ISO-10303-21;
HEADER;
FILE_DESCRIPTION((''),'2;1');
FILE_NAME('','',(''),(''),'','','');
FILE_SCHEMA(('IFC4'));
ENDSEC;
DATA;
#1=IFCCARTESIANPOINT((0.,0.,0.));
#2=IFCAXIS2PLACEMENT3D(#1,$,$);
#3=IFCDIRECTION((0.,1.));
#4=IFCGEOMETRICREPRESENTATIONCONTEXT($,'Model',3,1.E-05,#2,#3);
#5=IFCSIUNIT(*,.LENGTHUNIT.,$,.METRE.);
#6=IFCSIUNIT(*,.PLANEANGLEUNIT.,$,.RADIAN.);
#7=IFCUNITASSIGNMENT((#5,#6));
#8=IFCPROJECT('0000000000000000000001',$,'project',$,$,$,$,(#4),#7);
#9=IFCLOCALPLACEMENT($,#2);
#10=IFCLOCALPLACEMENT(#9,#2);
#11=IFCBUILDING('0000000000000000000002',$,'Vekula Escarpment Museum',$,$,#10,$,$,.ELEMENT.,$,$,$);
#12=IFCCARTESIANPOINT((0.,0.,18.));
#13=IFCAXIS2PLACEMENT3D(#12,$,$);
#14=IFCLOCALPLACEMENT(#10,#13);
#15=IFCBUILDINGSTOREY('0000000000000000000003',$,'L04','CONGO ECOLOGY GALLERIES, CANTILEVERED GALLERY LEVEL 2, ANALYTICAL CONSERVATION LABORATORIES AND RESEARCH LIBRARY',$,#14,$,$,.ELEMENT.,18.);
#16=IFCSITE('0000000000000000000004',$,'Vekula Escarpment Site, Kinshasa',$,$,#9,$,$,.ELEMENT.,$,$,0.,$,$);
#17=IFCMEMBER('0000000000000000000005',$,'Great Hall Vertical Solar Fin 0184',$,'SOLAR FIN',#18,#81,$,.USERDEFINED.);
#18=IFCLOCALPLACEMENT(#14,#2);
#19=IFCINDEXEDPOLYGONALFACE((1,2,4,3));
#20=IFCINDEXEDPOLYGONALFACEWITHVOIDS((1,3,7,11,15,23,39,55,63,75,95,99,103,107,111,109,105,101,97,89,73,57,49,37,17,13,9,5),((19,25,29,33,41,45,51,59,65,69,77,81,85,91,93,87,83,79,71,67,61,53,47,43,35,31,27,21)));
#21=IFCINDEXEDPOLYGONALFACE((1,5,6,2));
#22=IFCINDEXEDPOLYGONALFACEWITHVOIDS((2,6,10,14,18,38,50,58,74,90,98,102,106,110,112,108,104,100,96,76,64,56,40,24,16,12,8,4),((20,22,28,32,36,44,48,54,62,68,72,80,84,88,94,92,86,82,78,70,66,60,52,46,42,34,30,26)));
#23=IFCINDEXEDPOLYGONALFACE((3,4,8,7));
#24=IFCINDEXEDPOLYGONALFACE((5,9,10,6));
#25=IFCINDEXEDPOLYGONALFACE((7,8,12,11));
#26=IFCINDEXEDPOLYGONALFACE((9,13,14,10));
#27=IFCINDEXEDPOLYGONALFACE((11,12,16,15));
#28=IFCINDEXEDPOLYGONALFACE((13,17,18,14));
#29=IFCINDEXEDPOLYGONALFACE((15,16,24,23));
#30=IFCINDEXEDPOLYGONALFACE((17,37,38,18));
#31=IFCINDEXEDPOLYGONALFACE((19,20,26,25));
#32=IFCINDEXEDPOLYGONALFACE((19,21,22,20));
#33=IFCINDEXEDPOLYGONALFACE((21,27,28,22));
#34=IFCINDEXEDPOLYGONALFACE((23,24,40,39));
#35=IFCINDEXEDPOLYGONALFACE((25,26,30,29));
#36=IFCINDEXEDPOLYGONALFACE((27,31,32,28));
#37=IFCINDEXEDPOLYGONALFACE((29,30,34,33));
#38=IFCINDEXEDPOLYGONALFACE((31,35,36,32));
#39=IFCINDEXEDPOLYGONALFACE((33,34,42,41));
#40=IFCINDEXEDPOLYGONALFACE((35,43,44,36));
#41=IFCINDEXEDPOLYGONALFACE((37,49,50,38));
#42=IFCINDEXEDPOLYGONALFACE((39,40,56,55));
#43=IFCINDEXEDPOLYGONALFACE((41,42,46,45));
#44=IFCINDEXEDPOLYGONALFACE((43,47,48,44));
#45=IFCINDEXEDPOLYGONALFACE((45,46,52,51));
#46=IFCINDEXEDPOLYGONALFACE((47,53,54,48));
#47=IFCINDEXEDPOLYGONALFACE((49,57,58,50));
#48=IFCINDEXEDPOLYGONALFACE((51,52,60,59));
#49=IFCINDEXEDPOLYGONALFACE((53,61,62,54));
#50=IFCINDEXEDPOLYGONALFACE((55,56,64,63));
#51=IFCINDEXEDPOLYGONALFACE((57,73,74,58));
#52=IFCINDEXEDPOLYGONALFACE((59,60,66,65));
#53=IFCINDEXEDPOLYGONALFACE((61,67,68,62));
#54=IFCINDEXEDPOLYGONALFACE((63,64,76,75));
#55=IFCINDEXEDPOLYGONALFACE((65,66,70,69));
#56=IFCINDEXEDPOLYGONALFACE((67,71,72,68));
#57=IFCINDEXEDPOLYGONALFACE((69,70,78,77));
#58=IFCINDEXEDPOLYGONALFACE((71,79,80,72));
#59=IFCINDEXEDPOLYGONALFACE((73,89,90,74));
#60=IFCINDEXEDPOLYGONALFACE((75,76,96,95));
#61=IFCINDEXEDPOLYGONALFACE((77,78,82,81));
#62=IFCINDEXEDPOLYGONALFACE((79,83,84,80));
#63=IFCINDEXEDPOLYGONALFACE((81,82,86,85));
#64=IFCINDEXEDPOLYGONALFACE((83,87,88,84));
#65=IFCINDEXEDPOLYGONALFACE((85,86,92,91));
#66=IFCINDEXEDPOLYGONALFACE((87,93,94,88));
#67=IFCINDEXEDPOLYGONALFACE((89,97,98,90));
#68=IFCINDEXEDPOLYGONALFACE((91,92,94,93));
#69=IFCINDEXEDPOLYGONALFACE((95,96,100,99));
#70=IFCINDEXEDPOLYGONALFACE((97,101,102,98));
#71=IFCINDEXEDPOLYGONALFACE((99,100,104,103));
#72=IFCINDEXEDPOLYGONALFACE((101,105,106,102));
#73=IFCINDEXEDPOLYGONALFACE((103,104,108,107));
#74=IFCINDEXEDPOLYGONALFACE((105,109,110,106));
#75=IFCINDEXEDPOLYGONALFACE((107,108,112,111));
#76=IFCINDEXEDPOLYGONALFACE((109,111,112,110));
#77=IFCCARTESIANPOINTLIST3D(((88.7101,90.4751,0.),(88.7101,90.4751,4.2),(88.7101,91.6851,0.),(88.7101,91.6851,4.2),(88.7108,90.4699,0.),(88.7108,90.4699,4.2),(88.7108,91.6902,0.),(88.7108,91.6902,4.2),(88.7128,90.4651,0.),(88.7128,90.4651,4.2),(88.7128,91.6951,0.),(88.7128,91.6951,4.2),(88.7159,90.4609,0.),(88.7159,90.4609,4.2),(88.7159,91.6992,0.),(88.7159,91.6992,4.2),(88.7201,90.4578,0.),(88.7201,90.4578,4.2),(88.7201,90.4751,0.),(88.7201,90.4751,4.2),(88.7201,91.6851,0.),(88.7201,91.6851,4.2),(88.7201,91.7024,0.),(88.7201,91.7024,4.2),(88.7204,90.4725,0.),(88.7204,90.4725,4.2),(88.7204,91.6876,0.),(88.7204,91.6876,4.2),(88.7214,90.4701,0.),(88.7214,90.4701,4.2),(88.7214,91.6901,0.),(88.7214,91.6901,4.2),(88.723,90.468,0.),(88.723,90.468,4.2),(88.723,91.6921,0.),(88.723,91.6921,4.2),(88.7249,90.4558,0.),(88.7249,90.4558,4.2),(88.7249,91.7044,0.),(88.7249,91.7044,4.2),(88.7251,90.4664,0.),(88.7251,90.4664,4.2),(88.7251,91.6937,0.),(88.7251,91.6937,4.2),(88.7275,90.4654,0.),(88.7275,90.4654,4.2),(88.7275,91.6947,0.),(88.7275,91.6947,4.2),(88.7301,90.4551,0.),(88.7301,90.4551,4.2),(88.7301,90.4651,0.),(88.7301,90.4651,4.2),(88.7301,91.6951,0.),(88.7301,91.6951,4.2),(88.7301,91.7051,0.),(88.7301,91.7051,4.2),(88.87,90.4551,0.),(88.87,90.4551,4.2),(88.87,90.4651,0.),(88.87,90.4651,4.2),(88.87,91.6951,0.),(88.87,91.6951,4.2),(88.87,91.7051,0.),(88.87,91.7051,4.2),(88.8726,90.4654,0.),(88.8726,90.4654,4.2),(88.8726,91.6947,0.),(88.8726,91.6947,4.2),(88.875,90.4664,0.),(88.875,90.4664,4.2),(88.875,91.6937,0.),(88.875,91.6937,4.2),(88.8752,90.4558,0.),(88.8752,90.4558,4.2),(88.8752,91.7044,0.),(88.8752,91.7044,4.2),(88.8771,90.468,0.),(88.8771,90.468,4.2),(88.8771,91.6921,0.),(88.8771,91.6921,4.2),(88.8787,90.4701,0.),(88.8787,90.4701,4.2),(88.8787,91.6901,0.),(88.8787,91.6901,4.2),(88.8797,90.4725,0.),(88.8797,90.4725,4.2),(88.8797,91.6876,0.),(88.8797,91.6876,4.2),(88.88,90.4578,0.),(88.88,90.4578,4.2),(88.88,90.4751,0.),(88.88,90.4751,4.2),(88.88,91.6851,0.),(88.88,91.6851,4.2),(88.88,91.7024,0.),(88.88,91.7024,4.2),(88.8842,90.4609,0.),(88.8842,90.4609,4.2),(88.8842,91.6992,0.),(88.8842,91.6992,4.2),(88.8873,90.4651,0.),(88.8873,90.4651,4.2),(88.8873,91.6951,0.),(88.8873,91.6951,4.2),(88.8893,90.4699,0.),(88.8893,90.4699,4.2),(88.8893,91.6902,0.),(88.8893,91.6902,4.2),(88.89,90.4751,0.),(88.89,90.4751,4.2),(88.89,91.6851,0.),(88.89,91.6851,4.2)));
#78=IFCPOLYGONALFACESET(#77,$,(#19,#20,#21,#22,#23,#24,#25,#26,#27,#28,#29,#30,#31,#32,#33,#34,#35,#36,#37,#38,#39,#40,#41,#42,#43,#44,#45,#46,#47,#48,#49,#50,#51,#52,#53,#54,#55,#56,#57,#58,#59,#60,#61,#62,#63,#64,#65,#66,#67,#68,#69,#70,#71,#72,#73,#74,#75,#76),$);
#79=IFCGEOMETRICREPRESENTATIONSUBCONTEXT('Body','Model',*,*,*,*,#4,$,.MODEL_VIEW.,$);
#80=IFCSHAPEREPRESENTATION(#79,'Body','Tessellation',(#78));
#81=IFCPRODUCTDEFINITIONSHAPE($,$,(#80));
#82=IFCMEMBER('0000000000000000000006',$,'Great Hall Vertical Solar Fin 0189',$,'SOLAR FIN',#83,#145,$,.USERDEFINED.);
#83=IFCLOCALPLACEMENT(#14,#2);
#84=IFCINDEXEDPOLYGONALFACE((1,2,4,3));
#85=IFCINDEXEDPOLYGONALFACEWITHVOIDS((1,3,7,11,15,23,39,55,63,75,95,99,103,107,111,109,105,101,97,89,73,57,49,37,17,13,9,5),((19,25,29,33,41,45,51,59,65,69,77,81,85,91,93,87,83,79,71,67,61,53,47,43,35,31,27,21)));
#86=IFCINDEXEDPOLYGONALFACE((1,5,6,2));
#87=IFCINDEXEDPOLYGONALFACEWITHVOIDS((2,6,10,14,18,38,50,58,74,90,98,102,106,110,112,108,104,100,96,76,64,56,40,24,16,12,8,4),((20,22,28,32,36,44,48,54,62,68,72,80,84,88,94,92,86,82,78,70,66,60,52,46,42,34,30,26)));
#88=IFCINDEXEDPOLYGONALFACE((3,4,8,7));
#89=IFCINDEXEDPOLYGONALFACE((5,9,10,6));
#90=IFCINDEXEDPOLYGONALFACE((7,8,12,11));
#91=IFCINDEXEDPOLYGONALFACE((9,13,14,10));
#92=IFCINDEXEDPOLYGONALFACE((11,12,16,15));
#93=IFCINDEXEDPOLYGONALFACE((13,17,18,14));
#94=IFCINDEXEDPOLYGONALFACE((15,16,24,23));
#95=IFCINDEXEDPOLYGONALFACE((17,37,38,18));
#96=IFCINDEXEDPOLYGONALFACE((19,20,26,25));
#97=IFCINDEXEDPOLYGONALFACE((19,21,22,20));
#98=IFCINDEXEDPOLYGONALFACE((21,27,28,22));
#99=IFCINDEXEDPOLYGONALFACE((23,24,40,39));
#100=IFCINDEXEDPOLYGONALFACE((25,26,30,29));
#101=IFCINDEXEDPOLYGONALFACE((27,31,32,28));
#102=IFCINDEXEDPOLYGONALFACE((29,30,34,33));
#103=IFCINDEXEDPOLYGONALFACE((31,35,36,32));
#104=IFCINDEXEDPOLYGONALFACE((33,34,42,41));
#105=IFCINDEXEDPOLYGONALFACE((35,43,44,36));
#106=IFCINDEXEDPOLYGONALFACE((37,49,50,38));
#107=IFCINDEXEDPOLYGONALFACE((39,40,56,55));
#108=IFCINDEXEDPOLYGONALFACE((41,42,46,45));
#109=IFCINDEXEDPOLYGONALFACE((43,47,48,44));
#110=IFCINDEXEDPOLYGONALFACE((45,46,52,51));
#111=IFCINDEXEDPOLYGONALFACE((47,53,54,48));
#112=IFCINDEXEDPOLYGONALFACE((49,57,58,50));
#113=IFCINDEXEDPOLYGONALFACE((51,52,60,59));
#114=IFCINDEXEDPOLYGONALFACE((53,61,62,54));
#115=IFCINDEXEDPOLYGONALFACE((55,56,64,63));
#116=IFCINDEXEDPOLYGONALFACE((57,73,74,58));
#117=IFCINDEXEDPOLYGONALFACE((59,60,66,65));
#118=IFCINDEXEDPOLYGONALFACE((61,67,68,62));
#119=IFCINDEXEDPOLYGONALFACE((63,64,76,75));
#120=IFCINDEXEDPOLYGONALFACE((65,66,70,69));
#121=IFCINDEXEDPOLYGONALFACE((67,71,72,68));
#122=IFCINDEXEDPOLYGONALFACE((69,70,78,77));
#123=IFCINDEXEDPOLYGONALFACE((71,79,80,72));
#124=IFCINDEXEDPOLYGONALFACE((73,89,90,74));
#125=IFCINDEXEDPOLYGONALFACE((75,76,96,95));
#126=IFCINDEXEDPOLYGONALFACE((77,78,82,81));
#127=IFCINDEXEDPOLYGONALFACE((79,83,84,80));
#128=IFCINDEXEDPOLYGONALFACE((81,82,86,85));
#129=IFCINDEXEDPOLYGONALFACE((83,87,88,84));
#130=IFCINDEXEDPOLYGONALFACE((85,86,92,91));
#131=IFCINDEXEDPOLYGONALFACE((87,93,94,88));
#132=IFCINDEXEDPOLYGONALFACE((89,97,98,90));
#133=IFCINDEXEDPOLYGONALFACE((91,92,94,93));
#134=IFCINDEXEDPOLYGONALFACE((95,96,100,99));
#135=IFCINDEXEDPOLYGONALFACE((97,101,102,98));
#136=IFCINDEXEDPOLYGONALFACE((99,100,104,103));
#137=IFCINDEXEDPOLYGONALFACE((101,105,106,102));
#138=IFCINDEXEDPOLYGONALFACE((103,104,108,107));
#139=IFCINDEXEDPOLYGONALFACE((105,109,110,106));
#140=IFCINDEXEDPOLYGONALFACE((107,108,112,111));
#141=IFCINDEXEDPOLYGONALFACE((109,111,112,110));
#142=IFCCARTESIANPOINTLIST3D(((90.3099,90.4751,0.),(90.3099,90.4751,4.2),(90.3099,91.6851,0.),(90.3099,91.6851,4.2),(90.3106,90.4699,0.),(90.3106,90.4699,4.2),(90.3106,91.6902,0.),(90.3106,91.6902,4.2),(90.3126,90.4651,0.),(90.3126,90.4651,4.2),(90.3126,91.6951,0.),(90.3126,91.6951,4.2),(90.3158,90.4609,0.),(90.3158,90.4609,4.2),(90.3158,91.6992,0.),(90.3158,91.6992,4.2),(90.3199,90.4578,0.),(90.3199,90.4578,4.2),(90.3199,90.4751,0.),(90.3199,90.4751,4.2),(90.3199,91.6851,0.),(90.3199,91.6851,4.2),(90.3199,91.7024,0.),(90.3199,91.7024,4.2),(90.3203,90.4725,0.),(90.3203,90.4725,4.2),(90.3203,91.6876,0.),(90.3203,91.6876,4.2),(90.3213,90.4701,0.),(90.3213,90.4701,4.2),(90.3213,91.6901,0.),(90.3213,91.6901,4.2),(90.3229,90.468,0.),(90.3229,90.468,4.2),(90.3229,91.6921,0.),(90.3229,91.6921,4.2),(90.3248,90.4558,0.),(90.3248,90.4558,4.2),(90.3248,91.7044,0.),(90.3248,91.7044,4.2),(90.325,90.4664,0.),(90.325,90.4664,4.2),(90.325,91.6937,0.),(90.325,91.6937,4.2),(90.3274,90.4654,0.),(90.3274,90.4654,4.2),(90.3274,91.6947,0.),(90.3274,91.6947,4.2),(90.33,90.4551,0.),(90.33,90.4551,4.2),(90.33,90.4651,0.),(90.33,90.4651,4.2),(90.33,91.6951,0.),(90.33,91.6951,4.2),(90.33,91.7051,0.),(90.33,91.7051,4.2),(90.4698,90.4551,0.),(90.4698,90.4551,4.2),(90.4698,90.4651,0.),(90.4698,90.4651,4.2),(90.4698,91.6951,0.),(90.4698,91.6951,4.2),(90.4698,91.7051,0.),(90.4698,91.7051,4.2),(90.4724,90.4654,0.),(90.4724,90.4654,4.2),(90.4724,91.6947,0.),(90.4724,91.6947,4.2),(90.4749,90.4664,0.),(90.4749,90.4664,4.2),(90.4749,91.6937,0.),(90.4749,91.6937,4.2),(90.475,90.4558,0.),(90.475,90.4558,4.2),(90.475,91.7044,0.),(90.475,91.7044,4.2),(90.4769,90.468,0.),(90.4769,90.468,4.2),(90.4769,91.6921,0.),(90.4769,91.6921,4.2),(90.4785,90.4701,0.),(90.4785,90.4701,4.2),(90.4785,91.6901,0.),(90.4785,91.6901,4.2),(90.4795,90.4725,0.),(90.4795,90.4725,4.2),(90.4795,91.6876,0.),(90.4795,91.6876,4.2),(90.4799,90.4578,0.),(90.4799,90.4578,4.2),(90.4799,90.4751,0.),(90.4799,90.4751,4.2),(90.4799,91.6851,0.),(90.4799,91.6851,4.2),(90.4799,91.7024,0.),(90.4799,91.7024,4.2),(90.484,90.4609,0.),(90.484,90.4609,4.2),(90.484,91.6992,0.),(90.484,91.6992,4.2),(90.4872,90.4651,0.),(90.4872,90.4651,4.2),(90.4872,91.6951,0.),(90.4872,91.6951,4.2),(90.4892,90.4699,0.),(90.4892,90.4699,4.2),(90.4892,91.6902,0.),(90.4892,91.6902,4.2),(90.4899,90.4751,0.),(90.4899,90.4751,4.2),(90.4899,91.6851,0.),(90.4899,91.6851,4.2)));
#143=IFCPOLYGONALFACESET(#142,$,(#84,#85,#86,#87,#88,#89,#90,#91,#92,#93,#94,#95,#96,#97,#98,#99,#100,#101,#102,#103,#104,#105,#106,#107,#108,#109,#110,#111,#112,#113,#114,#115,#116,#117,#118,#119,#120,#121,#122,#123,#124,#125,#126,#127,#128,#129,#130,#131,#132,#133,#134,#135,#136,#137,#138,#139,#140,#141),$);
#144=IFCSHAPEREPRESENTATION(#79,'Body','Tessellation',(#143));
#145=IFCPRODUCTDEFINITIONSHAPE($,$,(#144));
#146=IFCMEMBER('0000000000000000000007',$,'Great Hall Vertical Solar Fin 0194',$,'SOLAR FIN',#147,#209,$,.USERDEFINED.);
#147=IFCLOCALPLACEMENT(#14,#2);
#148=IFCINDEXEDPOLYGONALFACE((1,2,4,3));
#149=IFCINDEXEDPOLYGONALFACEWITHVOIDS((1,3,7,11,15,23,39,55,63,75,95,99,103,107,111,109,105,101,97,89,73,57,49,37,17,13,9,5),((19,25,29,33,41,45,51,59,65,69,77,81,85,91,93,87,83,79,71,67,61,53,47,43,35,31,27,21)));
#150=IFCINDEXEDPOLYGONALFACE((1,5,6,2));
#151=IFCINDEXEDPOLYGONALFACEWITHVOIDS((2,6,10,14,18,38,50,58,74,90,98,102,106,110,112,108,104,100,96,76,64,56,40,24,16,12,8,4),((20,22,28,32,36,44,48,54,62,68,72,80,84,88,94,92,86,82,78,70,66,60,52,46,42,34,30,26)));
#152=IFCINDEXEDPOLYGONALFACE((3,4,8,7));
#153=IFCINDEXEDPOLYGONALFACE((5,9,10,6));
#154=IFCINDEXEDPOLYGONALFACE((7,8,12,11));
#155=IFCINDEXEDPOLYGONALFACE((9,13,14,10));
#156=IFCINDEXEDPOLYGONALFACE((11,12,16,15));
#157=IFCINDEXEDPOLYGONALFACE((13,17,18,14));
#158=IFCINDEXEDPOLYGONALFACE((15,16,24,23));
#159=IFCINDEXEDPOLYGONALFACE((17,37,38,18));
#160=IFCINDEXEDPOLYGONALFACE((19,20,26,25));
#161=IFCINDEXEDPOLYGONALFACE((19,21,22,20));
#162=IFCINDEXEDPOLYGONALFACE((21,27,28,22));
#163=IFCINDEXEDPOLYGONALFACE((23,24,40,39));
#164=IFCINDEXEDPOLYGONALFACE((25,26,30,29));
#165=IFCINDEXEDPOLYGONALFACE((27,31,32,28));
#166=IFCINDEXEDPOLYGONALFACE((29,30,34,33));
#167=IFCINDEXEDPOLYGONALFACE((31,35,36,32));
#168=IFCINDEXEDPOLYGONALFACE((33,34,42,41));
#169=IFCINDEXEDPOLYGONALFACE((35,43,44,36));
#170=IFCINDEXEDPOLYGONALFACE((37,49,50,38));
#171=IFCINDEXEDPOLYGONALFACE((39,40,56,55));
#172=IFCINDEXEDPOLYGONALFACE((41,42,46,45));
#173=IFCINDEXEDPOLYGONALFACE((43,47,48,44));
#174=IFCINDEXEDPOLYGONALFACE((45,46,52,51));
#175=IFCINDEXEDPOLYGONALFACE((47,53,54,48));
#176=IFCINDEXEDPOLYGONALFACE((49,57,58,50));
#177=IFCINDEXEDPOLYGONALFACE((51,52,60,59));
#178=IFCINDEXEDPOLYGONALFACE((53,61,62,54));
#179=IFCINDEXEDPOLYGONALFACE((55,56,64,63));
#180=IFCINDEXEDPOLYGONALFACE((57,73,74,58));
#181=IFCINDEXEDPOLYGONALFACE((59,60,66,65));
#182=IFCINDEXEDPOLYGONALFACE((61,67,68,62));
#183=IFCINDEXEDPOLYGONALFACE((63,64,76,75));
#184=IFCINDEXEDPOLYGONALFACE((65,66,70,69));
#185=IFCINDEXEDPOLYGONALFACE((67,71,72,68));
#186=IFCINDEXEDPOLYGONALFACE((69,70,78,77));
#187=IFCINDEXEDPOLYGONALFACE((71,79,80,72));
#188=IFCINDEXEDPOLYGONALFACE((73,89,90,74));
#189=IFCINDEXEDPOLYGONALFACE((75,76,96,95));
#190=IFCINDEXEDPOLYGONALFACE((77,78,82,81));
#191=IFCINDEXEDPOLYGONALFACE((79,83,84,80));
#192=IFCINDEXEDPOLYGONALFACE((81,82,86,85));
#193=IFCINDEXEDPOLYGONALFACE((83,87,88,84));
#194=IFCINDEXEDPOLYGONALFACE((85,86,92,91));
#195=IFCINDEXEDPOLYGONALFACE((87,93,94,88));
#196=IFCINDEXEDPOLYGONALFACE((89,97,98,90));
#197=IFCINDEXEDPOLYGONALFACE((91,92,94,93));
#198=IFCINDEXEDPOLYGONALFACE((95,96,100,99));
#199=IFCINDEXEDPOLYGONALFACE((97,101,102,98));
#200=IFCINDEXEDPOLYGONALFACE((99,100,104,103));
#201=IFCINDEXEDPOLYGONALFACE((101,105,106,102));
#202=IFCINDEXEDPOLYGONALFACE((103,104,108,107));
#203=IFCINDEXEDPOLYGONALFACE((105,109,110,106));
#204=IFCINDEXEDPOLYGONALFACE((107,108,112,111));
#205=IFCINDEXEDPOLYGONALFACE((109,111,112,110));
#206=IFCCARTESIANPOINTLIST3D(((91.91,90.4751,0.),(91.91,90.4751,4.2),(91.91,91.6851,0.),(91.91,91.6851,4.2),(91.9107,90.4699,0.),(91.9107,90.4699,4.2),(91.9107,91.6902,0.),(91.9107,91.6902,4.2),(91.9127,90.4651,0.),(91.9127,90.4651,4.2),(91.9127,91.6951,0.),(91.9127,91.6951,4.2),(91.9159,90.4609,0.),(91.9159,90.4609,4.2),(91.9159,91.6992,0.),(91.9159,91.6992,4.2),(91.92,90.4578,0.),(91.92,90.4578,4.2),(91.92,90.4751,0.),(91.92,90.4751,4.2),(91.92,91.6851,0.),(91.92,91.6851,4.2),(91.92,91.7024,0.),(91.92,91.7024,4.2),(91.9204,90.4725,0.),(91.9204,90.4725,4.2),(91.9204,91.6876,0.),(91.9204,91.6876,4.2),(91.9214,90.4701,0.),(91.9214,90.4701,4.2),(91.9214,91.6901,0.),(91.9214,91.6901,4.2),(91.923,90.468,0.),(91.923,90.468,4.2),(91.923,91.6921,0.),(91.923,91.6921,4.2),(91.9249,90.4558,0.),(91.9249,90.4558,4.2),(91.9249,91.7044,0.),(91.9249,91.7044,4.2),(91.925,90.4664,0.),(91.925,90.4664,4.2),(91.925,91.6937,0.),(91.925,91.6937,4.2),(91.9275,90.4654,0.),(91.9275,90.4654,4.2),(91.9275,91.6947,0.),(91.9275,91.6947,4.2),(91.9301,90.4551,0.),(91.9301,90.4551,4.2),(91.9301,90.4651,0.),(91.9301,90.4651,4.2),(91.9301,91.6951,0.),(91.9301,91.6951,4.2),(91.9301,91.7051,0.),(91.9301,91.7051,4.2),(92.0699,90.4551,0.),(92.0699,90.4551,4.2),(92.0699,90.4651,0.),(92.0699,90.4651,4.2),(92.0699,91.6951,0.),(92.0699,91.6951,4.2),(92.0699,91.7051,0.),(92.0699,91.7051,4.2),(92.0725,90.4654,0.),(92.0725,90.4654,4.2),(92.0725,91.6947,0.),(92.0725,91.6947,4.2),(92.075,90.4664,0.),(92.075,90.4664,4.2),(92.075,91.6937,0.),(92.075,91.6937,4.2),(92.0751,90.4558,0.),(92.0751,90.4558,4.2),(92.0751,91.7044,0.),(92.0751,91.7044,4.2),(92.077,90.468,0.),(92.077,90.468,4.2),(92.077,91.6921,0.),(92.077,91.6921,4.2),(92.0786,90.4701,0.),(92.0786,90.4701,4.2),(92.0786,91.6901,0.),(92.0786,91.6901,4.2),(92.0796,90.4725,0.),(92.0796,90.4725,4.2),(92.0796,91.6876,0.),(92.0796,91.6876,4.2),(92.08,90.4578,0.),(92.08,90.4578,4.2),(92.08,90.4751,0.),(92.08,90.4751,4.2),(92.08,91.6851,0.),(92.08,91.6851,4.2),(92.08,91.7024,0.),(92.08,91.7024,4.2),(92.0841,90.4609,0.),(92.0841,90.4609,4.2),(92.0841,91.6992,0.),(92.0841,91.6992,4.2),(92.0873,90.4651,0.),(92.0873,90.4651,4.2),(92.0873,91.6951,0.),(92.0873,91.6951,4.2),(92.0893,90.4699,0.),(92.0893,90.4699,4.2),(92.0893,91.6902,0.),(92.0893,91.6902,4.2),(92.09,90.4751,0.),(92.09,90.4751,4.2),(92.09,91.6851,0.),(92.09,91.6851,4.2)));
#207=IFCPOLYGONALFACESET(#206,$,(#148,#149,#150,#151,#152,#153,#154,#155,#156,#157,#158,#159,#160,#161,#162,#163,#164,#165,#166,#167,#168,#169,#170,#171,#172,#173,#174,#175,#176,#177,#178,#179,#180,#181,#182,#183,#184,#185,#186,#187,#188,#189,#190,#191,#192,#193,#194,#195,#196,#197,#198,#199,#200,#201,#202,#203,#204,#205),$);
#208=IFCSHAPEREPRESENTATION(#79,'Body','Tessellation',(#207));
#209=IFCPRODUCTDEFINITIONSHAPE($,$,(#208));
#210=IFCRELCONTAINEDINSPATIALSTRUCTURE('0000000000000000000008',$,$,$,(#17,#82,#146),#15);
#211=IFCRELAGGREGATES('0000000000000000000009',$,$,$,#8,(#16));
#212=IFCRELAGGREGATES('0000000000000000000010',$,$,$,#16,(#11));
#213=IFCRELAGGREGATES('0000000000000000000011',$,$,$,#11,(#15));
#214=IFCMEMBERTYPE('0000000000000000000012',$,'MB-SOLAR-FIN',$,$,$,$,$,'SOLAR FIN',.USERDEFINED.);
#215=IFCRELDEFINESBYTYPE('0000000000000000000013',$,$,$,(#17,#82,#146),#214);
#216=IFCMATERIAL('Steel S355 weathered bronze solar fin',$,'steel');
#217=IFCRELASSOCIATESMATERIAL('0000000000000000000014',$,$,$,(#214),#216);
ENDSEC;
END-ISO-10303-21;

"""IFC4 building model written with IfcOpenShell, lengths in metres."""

from ifc_helpers import new_model, si_unit, direction, frame, origin, origin_2d, place, context, subcontext, project, spatial, hollow_rectangle, extrude, material, material_profile, profile_set, type_object, element, save


model = new_model("IFC4")

# Units and contexts
model_context = context("Model", 3, precision=1e-05, world=origin(), true_north=direction((0.0, 1.0)))
body_context = subcontext(model_context, "Body", "Model", "MODEL_VIEW")
ifc_project = project(units=[si_unit("LENGTHUNIT", "METRE"), si_unit("PLANEANGLEUNIT", "RADIAN")], contexts=[model_context])

# Site, building, storey
site_placement = place(None, origin())
site = spatial("IfcSite", under=ifc_project, at=site_placement, Name="Vekula Escarpment Site, Kinshasa", CompositionType="ELEMENT", RefElevation=0.0)
building_placement = place(site_placement, origin())
building = spatial("IfcBuilding", under=site, at=building_placement, Name="Vekula Escarpment Museum", CompositionType="ELEMENT")
storey_placement = place(building_placement, frame((0.0, 0.0, 18.0)))
storey = spatial("IfcBuildingStorey", under=building, at=storey_placement, Name="L04", Description="CONGO ECOLOGY GALLERIES, CANTILEVERED GALLERY LEVEL 2, ANALYTICAL CONSERVATION LABORATORIES AND RESEARCH LIBRARY", CompositionType="ELEMENT", Elevation=18.0)

# Members
ifc_material_1 = material(Name="Steel S355 weathered bronze solar fin", Category="steel")
ifc_material_profile = material_profile(ifc_material_1, hollow_rectangle(XDim=0.1799, YDim=1.25, WallThickness=0.01, InnerFilletRadius=0.01, OuterFilletRadius=0.02, at=origin_2d()), Name="RHS 1250x180x10")
ifc_profile_set = profile_set([ifc_material_profile], Name="Steel S355 weathered bronze solar fin")
member_type = type_object("IfcMemberType", Name="MB-SOLAR-FIN", ElementType="SOLAR FIN", PredefinedType="USERDEFINED", material=ifc_profile_set)
for number, where, z_axis, x_axis, name in (
    (1, (88.8, 91.0801, 0.0), (0.0, 0.0, 1.0), (1.0, 0.0, 0.0), "Great Hall Vertical Solar Fin 0184"),
    (2, (90.3999, 91.0801, 0.0), (0.0, 0.0, 1.0), (1.0, 0.0, 0.0), "Great Hall Vertical Solar Fin 0189"),
    (3, (92.0, 91.0801, 0.0), (0.0, 0.0, 1.0), (1.0, 0.0, 0.0), "Great Hall Vertical Solar Fin 0194"),
):
    element("IfcMember", number, at=place(storey_placement, frame(where, z_axis=z_axis, x_axis=x_axis)), inside=storey, type_object=member_type, Name=name, ObjectType="SOLAR FIN", PredefinedType="USERDEFINED", context=body_context, shape_type="SweptSolid", body=[
        extrude(hollow_rectangle(XDim=0.1799, YDim=1.25, WallThickness=0.01, InnerFilletRadius=0.01, OuterFilletRadius=0.02, at=origin_2d()), origin(), (0.0, 0.0, 1.0), 4.2),
    ])

save(model, "model.ifc")
